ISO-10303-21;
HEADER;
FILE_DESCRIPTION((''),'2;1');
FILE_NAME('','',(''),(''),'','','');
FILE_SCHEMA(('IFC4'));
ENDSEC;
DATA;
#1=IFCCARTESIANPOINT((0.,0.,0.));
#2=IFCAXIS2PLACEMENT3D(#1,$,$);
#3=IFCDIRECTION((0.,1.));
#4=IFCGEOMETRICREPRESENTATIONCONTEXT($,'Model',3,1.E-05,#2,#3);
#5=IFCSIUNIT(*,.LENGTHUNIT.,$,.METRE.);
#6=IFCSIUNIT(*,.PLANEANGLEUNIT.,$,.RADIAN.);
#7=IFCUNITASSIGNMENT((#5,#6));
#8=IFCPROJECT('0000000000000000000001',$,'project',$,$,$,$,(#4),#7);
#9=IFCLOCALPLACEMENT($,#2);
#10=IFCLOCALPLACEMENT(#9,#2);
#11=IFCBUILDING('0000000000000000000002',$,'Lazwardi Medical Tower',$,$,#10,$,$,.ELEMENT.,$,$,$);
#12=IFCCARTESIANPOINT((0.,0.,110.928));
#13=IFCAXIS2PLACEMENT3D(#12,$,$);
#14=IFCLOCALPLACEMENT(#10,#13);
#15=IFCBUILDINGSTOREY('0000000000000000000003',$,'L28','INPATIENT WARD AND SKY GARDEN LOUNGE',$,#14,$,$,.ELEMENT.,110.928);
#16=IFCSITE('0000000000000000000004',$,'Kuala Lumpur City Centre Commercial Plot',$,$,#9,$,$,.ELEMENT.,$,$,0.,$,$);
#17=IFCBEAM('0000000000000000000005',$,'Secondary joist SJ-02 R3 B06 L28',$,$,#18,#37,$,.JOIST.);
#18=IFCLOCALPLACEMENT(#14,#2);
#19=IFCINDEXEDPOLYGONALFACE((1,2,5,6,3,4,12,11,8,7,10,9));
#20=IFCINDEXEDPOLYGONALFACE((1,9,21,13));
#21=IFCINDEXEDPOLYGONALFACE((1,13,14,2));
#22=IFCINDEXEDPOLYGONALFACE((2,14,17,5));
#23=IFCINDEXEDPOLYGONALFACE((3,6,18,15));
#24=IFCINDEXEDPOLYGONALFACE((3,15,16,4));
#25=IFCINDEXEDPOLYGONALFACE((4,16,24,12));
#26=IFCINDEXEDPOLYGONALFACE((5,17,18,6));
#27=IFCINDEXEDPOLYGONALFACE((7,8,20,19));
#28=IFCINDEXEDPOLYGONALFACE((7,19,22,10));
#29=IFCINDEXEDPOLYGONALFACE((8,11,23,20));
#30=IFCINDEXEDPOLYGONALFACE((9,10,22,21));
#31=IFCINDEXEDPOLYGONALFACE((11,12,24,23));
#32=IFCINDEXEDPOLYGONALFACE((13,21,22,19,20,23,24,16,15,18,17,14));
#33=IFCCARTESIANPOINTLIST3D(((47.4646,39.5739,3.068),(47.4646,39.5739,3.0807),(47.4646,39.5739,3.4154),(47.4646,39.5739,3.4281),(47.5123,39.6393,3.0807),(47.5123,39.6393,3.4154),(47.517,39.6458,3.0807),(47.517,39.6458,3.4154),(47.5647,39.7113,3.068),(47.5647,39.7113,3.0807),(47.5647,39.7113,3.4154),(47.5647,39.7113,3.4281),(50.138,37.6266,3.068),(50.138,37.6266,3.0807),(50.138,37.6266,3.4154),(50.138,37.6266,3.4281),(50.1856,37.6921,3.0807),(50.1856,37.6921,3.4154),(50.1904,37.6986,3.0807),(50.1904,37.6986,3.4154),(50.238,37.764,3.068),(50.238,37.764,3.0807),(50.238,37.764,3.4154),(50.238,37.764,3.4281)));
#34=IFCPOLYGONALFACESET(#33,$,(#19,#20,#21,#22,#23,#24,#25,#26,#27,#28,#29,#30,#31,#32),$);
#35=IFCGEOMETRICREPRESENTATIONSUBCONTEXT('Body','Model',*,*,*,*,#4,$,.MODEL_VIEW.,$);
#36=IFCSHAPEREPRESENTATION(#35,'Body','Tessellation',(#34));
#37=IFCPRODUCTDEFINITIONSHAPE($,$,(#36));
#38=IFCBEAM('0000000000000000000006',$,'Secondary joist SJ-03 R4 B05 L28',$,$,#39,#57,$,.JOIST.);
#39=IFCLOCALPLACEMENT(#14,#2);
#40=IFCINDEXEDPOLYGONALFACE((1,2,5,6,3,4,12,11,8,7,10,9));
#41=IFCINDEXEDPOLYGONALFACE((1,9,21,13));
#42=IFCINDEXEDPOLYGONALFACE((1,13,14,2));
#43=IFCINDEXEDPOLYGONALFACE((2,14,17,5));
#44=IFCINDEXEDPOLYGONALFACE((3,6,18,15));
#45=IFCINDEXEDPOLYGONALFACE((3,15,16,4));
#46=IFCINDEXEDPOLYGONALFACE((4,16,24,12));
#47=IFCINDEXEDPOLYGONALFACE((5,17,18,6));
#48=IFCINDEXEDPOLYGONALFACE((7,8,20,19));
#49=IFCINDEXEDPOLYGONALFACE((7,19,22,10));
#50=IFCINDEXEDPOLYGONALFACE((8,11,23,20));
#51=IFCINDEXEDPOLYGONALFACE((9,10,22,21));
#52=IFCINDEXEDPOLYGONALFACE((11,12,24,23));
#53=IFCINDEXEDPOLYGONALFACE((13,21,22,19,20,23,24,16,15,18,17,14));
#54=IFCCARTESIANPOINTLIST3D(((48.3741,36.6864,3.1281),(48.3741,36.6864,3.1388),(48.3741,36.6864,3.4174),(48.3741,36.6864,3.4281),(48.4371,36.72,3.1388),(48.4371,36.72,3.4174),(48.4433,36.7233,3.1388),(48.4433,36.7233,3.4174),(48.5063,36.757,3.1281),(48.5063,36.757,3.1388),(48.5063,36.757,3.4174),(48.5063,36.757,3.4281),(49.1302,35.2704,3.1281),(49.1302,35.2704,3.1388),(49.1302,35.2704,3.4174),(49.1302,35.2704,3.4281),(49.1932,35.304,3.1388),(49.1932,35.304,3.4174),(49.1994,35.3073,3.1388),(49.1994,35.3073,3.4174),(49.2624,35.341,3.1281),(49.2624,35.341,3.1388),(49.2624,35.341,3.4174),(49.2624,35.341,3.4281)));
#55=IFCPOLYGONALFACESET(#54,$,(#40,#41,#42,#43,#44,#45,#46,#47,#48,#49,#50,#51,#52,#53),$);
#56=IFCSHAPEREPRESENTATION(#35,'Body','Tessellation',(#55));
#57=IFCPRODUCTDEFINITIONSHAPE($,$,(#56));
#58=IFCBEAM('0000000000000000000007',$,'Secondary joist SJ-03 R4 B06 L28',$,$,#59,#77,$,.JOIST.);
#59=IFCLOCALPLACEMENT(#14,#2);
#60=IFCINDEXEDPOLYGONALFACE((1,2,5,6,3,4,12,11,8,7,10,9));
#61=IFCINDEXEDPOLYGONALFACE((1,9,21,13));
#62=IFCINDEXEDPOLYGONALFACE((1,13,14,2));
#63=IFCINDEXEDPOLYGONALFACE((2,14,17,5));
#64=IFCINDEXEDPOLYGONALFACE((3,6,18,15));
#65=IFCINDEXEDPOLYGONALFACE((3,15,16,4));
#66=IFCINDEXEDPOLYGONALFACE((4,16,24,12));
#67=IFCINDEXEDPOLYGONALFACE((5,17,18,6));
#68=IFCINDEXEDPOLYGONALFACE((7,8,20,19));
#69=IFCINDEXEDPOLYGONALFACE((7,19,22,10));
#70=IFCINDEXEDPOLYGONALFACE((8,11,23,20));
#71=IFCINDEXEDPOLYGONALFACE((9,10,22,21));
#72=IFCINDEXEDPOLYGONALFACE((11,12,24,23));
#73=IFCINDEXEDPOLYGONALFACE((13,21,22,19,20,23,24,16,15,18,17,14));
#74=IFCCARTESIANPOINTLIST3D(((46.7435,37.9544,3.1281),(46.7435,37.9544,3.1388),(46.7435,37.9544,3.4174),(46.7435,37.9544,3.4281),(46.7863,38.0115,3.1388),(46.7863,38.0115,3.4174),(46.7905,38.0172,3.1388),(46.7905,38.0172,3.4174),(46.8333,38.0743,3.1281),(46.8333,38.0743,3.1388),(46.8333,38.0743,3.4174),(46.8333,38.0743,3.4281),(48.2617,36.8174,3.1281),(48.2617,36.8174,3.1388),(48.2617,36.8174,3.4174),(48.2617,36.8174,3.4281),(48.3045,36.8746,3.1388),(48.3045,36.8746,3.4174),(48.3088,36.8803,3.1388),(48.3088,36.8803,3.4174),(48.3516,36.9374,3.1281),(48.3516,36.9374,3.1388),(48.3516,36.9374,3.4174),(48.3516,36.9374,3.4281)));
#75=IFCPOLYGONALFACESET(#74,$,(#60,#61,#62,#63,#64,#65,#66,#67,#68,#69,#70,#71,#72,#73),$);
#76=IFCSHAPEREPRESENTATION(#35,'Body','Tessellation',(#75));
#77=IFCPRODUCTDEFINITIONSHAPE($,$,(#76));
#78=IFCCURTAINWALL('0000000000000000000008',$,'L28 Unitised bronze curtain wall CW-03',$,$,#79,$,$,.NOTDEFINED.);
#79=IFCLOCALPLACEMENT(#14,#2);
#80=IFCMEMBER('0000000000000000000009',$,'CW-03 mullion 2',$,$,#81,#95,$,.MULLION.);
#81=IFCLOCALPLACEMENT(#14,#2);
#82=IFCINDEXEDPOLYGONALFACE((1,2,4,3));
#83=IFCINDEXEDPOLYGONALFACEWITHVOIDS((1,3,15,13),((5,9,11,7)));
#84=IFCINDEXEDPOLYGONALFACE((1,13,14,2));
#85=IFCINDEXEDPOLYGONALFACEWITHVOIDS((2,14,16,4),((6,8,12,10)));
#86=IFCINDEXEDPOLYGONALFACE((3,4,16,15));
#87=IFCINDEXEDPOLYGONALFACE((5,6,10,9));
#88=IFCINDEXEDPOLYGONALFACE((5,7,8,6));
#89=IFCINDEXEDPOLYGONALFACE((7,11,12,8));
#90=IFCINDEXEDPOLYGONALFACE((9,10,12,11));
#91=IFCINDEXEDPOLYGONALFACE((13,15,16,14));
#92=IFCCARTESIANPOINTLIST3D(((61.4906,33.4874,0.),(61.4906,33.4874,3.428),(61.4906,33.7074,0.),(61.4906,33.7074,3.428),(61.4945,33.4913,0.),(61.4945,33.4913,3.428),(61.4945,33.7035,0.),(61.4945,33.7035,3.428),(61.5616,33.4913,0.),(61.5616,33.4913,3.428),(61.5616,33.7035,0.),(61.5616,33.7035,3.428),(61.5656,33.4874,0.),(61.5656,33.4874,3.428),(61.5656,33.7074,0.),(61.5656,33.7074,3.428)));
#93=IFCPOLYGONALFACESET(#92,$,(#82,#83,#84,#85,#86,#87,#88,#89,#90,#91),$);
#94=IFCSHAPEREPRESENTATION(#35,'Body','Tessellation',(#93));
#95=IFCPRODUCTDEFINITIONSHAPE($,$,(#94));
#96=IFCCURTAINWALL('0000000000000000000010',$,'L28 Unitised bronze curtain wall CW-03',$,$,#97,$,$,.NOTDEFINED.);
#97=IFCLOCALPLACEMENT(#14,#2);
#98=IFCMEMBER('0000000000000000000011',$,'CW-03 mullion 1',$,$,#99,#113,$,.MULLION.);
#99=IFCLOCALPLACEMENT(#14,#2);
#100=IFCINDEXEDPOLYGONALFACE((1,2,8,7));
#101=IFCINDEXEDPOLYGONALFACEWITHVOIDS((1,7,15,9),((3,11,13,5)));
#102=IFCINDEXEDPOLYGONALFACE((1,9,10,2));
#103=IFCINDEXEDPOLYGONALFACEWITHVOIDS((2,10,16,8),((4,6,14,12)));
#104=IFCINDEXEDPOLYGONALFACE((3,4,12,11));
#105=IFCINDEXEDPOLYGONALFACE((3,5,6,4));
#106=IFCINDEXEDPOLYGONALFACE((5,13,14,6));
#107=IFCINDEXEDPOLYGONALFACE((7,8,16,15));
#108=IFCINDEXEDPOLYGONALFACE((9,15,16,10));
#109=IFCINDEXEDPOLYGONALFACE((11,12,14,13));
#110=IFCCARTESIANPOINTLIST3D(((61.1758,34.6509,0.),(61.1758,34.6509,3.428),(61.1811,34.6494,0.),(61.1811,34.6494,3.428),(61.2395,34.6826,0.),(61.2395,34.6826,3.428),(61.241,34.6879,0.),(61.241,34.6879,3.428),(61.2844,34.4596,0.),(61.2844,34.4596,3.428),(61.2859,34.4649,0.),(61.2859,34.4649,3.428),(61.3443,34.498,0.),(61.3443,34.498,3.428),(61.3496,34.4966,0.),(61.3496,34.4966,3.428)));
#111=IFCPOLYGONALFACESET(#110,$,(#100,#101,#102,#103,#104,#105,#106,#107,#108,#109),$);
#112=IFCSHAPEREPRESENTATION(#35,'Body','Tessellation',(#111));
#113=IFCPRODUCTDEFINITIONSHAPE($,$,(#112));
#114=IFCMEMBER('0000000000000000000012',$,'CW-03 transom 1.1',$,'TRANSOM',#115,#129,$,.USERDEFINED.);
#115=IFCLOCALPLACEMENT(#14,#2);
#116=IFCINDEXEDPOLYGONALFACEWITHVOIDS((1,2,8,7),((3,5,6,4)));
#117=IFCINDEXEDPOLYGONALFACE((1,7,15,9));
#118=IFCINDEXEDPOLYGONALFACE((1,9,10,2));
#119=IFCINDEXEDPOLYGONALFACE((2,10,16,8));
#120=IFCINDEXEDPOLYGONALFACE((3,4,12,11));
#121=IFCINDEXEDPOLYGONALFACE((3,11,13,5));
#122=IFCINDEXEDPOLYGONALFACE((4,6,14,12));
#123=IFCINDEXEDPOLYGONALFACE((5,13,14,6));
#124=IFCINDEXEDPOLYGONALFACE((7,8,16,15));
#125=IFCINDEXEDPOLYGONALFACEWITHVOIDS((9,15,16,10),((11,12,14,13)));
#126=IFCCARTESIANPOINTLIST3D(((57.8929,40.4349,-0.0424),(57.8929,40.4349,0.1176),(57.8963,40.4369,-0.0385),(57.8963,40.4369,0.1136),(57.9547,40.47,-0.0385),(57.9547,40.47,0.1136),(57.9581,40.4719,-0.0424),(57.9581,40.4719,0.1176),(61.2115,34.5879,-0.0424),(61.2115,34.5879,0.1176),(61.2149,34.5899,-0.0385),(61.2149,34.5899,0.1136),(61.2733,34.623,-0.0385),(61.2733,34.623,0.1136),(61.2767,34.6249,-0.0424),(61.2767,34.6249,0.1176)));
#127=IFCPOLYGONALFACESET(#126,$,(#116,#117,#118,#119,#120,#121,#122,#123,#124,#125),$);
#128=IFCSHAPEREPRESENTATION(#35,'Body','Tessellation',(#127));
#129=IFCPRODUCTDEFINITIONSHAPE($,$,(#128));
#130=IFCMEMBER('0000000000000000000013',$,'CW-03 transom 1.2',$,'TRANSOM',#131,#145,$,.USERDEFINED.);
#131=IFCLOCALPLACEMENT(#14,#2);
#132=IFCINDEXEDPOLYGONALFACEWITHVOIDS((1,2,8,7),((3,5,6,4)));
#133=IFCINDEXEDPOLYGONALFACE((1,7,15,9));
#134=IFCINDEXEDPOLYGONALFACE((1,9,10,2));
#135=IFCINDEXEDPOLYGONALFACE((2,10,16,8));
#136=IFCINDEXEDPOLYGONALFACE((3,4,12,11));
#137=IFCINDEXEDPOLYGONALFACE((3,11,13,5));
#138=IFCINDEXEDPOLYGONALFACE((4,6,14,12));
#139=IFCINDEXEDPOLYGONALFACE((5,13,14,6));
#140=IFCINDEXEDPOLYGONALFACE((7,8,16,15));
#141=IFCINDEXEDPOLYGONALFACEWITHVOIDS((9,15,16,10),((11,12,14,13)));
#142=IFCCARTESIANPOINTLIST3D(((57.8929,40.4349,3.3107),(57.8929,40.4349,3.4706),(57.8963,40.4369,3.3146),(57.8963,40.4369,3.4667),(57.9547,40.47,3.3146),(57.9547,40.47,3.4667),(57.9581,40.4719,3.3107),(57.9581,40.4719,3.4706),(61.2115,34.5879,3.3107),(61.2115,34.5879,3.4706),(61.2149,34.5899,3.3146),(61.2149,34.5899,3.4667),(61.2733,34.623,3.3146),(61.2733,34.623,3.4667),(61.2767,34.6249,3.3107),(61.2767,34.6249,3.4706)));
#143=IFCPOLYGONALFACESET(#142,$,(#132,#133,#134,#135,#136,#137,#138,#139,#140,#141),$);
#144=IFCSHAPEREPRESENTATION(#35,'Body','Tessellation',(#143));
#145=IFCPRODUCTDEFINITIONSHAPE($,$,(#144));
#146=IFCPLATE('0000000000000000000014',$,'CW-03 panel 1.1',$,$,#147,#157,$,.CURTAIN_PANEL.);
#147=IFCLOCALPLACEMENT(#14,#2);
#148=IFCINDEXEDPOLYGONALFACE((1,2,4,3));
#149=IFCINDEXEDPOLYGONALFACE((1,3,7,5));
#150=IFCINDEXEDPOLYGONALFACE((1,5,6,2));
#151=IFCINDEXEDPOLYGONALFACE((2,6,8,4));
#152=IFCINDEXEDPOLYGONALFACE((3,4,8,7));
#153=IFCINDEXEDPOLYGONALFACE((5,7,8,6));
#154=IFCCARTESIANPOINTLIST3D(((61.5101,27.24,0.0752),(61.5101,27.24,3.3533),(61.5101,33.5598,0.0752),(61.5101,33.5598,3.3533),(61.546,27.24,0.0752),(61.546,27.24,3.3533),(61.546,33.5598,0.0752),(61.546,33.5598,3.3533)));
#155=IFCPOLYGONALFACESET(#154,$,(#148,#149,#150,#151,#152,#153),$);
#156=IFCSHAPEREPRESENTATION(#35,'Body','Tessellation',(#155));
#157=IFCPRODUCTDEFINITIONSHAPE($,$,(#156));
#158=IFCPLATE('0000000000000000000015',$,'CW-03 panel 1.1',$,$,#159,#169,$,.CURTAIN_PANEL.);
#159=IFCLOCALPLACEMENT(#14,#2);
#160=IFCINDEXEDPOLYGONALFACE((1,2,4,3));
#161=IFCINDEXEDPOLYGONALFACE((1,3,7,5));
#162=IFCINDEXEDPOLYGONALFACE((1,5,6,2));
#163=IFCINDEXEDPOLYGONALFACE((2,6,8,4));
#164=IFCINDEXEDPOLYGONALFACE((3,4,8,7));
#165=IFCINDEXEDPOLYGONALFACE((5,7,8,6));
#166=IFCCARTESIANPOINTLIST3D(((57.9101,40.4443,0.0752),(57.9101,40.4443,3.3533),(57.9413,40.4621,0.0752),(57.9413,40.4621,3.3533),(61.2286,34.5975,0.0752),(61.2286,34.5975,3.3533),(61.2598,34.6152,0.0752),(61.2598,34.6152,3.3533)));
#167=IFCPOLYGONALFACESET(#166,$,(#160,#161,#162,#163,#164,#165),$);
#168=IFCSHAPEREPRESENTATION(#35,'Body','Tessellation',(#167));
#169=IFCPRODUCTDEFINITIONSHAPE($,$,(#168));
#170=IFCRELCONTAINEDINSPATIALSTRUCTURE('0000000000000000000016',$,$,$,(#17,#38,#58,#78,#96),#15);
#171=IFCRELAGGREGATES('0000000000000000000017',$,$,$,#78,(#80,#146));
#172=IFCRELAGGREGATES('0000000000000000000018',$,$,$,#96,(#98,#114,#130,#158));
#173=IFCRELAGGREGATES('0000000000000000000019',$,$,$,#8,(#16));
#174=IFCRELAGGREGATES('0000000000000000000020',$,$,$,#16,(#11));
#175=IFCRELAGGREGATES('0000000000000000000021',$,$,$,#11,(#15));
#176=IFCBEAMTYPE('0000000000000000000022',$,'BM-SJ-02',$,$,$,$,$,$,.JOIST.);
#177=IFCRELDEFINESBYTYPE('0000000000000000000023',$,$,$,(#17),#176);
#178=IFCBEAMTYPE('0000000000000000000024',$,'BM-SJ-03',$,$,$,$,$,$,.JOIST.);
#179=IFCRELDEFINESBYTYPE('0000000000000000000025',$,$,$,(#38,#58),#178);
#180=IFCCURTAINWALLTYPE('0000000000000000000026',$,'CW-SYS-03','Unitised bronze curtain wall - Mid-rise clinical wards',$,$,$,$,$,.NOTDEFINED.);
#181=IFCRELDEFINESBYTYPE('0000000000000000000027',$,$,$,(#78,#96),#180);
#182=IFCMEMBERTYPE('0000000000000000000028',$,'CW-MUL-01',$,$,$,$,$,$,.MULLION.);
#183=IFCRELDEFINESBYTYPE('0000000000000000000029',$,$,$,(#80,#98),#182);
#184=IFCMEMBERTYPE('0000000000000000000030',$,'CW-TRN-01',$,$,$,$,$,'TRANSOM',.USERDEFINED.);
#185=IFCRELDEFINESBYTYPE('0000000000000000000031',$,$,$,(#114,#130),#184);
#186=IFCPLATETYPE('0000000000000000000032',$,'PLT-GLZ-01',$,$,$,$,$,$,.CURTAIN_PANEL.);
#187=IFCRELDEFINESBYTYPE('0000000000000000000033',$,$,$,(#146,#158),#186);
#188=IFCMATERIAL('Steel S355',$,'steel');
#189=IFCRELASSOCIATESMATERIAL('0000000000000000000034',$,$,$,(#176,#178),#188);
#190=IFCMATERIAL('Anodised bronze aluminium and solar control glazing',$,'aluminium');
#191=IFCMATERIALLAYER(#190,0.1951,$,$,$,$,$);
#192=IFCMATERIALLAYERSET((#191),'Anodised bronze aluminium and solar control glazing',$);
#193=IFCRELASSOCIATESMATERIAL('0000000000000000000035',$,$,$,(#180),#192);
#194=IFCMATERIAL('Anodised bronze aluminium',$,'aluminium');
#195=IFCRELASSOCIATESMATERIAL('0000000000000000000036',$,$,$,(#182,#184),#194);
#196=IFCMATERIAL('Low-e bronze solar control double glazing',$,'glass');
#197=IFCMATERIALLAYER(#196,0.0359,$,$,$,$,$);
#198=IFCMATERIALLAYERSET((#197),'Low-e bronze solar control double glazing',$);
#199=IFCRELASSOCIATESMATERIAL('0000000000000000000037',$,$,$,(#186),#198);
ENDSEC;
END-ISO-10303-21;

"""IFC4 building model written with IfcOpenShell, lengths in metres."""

from ifc_helpers import new_model, si_unit, direction, frame, origin, origin_2d, place, context, subcontext, project, spatial, rectangle, hollow_rectangle, i_section, extrude, material, layer, layer_set, material_profile, profile_set, type_object, element, aggregate, save


model = new_model("IFC4")

# Units and contexts
model_context = context("Model", 3, precision=1e-05, world=origin(), true_north=direction((0.0, 1.0)))
body_context = subcontext(model_context, "Body", "Model", "MODEL_VIEW")
ifc_project = project(units=[si_unit("LENGTHUNIT", "METRE"), si_unit("PLANEANGLEUNIT", "RADIAN")], contexts=[model_context])

# Site, building, storey
site_placement = place(None, origin())
site = spatial("IfcSite", under=ifc_project, at=site_placement, Name="Kuala Lumpur City Centre Commercial Plot", CompositionType="ELEMENT", RefElevation=0.0)
building_placement = place(site_placement, origin())
building = spatial("IfcBuilding", under=site, at=building_placement, Name="Lazwardi Medical Tower", CompositionType="ELEMENT")
storey_placement = place(building_placement, frame((0.0, 0.0, 110.928)))
storey = spatial("IfcBuildingStorey", under=building, at=storey_placement, Name="L28", Description="INPATIENT WARD AND SKY GARDEN LOUNGE", CompositionType="ELEMENT", Elevation=110.928)

# Beams
ifc_material_1 = material(Name="Steel S355", Category="steel")
ifc_material_profile_1 = material_profile(ifc_material_1, i_section(OverallWidth=0.1699, OverallDepth=0.3601, WebThickness=0.0081, FlangeThickness=0.0127, at=origin_2d()), Name="IPE 360")
ifc_profile_set_1 = profile_set([ifc_material_profile_1], Name="Steel S355")
beam_type_1 = type_object("IfcBeamType", Name="BM-SJ-02", PredefinedType="JOIST", material=ifc_profile_set_1)
beam_1_placement = place(storey_placement, frame((50.188, 37.6953, 3.248), z_axis=(-0.808302, 0.588768, 0.0), x_axis=(-0.588768, -0.808302, 0.0)))
element("IfcBeam", 1, at=beam_1_placement, inside=storey, type_object=beam_type_1, Name="Secondary joist SJ-02 R3 B06 L28", PredefinedType="JOIST", context=body_context, shape_type="SweptSolid", body=[
    extrude(i_section(OverallWidth=0.1699, OverallDepth=0.3601, WebThickness=0.0081, FlangeThickness=0.0127, at=origin_2d()), origin(), (0.0, 0.0, 1.0), 3.3074),
])
ifc_material_profile_2 = material_profile(ifc_material_1, i_section(OverallWidth=0.1499, OverallDepth=0.3, WebThickness=0.0071, FlangeThickness=0.0107, at=origin_2d()), Name="IPE 300")
ifc_profile_set_2 = profile_set([ifc_material_profile_2], Name="Steel S355")
beam_type_2 = type_object("IfcBeamType", Name="BM-SJ-03", PredefinedType="JOIST", material=ifc_profile_set_2)
beam_2_placement = place(storey_placement, frame((49.1963, 35.3057, 3.2781), z_axis=(-0.471022, 0.882121, 0.0), x_axis=(-0.882121, -0.471022, 0.0)))
element("IfcBeam", 2, at=beam_2_placement, inside=storey, type_object=beam_type_2, Name="Secondary joist SJ-03 R4 B05 L28", PredefinedType="JOIST", context=body_context, shape_type="SweptSolid", body=[
    extrude(i_section(OverallWidth=0.1499, OverallDepth=0.3, WebThickness=0.0071, FlangeThickness=0.0107, at=origin_2d()), origin(), (0.0, 0.0, 1.0), 1.6052),
])
beam_3_placement = place(storey_placement, frame((48.3066, 36.8774, 3.2781), z_axis=(-0.800448, 0.599403, 0.0), x_axis=(-0.599403, -0.800448, 0.0)))
element("IfcBeam", 3, at=beam_3_placement, inside=storey, type_object=beam_type_2, Name="Secondary joist SJ-03 R4 B06 L28", PredefinedType="JOIST", context=body_context, shape_type="SweptSolid", body=[
    extrude(i_section(OverallWidth=0.1499, OverallDepth=0.3, WebThickness=0.0071, FlangeThickness=0.0107, at=origin_2d()), origin(), (0.0, 0.0, 1.0), 1.8967),
])

# Curtain wall, member
ifc_material_2 = material(Name="Anodised bronze aluminium and solar control glazing", Category="aluminium")
ifc_layer_1 = layer(ifc_material_2, 0.1951)
ifc_layer_set_1 = layer_set([ifc_layer_1], Name="Anodised bronze aluminium and solar control glazing")
curtain_wall_type = type_object("IfcCurtainWallType", Name="CW-SYS-03", Description="Unitised bronze curtain wall - Mid-rise clinical wards", PredefinedType="NOTDEFINED", material=ifc_layer_set_1)
curtain_wall_1_placement = place(storey_placement, origin())
curtain_wall_1 = element("IfcCurtainWall", 4, at=curtain_wall_1_placement, inside=storey, type_object=curtain_wall_type, Name="L28 Unitised bronze curtain wall CW-03", PredefinedType="NOTDEFINED")
ifc_material_3 = material(Name="Anodised bronze aluminium", Category="aluminium")
ifc_material_profile_3 = material_profile(ifc_material_3, hollow_rectangle(XDim=0.075, YDim=0.22, WallThickness=0.0039, at=origin_2d()), Name="ALU-MULLION 220x75x4")
ifc_profile_set_3 = profile_set([ifc_material_profile_3], Name="Anodised bronze aluminium")
member_type_1 = type_object("IfcMemberType", Name="CW-MUL-01", PredefinedType="MULLION", material=ifc_profile_set_3)
member_1_placement = place(storey_placement, frame((61.5281, 33.5974, 0.0), z_axis=(0.0, 0.0, 1.0), x_axis=(-1.0, 0.0, 0.0)))
member_1 = element("IfcMember", 5, at=member_1_placement, type_object=member_type_1, Name="CW-03 mullion 2", PredefinedType="MULLION", context=body_context, shape_type="SweptSolid", body=[
    extrude(hollow_rectangle(XDim=0.075, YDim=0.22, WallThickness=0.0039, at=origin_2d()), origin(), (0.0, 0.0, 1.0), 3.428),
])

# Curtain wall, members
curtain_wall_2_placement = place(storey_placement, origin())
curtain_wall_2 = element("IfcCurtainWall", 6, at=curtain_wall_2_placement, inside=storey, type_object=curtain_wall_type, Name="L28 Unitised bronze curtain wall CW-03", PredefinedType="NOTDEFINED")
member_2_placement = place(storey_placement, frame((61.2627, 34.5737, 0.0), z_axis=(0.0, 0.0, 1.0), x_axis=(-0.869687, -0.493603, 0.0)))
member_2 = element("IfcMember", 7, at=member_2_placement, type_object=member_type_1, Name="CW-03 mullion 1", PredefinedType="MULLION", context=body_context, shape_type="SweptSolid", body=[
    extrude(hollow_rectangle(XDim=0.075, YDim=0.22, WallThickness=0.0039, at=origin_2d()), origin(), (0.0, 0.0, 1.0), 3.428),
])
ifc_material_profile_4 = material_profile(ifc_material_3, hollow_rectangle(XDim=0.075, YDim=0.1599, WallThickness=0.0039, at=origin_2d()), Name="ALU-TRANSOM 160x75x4")
ifc_profile_set_4 = profile_set([ifc_material_profile_4], Name="Anodised bronze aluminium")
member_type_2 = type_object("IfcMemberType", Name="CW-TRN-01", ElementType="TRANSOM", PredefinedType="USERDEFINED", material=ifc_profile_set_4)
member_3_placement = place(storey_placement, frame((61.2441, 34.6064, 0.0376), z_axis=(-0.493614, 0.869681, 0.0), x_axis=(-0.869681, -0.493614, 0.0)))
member_3 = element("IfcMember", 8, at=member_3_placement, type_object=member_type_2, Name="CW-03 transom 1.1", ObjectType="TRANSOM", PredefinedType="USERDEFINED", context=body_context, shape_type="SweptSolid", body=[
    extrude(hollow_rectangle(XDim=0.075, YDim=0.1599, WallThickness=0.0039, at=origin_2d()), origin(), (0.0, 0.0, 1.0), 6.7231),
])
member_4_placement = place(storey_placement, frame((61.2441, 34.6064, 3.3906), z_axis=(-0.493614, 0.869681, 0.0), x_axis=(-0.869681, -0.493614, 0.0)))
member_4 = element("IfcMember", 9, at=member_4_placement, type_object=member_type_2, Name="CW-03 transom 1.2", ObjectType="TRANSOM", PredefinedType="USERDEFINED", context=body_context, shape_type="SweptSolid", body=[
    extrude(hollow_rectangle(XDim=0.075, YDim=0.1599, WallThickness=0.0039, at=origin_2d()), origin(), (0.0, 0.0, 1.0), 6.7231),
])

# Plates
ifc_material_4 = material(Name="Low-e bronze solar control double glazing", Category="glass")
ifc_layer_2 = layer(ifc_material_4, 0.0359)
ifc_layer_set_2 = layer_set([ifc_layer_2], Name="Low-e bronze solar control double glazing")
plate_type = type_object("IfcPlateType", Name="PLT-GLZ-01", PredefinedType="CURTAIN_PANEL", material=ifc_layer_set_2)
plate_1_placement = place(storey_placement, frame((61.5281, 30.3999, 0.0752), z_axis=(0.0, 0.0, 1.0), x_axis=(0.0, 1.0, 0.0)))
plate_1 = element("IfcPlate", 10, at=plate_1_placement, type_object=plate_type, Name="CW-03 panel 1.1", PredefinedType="CURTAIN_PANEL", context=body_context, shape_type="SweptSolid", body=[
    extrude(rectangle(XDim=6.3198, YDim=0.0359, at=origin_2d()), origin(), (0.0, 0.0, 1.0), 3.2781),
])
aggregate(curtain_wall_1, [member_1, plate_1])
plate_2_placement = place(storey_placement, frame((59.585, 37.5298, 0.0752), z_axis=(0.0, 0.0, 1.0), x_axis=(-0.493603, 0.869687, 0.0)))
plate_2 = element("IfcPlate", 11, at=plate_2_placement, type_object=plate_type, Name="CW-03 panel 1.1", PredefinedType="CURTAIN_PANEL", context=body_context, shape_type="SweptSolid", body=[
    extrude(rectangle(XDim=6.7229, YDim=0.0359, at=origin_2d()), origin(), (0.0, 0.0, 1.0), 3.2781),
])
aggregate(curtain_wall_2, [member_2, member_3, member_4, plate_2])

save(model, "model.ifc")
